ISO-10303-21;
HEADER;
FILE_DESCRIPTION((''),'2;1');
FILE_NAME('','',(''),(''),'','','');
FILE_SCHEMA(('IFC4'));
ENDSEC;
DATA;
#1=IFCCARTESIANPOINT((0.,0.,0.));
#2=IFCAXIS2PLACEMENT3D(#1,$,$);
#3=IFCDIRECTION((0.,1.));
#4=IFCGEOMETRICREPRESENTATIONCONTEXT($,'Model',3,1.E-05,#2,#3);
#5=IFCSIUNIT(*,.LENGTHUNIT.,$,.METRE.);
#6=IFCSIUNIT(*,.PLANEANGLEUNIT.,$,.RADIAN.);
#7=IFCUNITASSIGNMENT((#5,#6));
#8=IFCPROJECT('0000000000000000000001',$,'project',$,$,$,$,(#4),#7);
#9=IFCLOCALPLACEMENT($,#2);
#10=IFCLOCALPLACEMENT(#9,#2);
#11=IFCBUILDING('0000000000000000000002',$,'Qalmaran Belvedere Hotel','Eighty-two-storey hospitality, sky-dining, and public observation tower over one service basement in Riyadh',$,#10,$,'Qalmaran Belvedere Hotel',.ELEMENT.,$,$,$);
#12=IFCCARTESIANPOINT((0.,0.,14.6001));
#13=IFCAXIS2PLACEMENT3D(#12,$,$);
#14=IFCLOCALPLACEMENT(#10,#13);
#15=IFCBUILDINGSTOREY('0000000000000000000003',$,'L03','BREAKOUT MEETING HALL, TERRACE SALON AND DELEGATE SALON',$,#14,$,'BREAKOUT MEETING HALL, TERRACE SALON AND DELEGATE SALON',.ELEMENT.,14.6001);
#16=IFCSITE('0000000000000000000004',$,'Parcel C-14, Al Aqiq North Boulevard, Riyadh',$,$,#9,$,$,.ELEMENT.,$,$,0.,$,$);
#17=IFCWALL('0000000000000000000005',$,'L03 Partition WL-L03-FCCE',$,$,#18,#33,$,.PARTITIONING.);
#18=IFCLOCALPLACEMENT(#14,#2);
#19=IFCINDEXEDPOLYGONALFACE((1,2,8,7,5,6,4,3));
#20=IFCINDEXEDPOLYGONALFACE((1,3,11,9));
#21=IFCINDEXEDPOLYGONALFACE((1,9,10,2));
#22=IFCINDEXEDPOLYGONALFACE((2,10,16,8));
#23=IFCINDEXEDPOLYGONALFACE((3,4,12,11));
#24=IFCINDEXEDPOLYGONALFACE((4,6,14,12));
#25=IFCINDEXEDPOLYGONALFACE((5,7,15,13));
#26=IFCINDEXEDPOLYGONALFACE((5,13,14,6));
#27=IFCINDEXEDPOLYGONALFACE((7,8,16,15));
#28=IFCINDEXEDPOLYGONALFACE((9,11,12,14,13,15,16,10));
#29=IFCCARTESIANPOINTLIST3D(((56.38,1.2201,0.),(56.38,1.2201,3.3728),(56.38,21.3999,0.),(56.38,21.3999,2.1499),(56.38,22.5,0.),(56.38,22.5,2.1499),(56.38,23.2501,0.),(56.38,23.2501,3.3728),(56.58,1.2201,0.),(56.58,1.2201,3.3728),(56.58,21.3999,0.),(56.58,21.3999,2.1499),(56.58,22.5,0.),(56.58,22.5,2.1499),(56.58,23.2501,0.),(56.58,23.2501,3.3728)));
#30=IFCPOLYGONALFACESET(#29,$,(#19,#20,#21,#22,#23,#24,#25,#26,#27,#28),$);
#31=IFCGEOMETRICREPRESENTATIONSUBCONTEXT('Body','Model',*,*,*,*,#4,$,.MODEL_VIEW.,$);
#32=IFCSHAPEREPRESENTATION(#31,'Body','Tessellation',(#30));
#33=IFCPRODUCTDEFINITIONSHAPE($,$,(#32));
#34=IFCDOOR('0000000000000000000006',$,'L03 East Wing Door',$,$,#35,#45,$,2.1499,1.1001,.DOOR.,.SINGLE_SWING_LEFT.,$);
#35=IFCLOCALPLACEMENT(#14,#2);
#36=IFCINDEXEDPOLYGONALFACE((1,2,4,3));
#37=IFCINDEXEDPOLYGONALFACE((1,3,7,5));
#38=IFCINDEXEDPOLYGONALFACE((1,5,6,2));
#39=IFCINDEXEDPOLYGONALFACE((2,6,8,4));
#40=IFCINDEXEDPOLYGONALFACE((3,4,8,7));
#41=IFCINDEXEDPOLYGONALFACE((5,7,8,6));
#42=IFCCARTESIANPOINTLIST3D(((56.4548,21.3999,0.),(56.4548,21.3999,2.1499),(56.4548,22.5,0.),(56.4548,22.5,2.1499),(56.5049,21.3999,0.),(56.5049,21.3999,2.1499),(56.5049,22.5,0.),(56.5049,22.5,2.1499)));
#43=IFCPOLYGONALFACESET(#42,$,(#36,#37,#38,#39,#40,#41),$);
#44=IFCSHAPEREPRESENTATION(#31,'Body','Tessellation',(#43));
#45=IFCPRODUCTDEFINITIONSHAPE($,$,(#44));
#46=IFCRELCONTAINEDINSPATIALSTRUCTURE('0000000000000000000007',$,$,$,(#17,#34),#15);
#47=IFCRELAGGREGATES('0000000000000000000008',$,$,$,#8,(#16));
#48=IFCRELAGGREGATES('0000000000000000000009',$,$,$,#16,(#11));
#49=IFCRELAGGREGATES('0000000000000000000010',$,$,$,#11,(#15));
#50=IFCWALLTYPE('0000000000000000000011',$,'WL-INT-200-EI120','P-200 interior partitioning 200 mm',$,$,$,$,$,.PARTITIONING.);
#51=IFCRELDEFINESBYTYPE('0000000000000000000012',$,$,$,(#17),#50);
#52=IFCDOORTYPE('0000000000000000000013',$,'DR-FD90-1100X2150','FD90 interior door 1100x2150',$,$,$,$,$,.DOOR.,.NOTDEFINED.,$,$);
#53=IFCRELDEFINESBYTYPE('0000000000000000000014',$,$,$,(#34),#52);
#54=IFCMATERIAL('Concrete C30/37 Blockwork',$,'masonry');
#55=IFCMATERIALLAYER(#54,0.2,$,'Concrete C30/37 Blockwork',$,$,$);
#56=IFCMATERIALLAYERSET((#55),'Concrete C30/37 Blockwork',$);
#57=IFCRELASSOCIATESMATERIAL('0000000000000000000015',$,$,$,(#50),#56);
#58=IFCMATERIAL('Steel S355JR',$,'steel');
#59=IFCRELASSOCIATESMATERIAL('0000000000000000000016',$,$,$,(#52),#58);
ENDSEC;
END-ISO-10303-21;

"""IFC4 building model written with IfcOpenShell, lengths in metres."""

from ifc_helpers import new_model, si_unit, direction, frame, frame_2d, origin, place, context, subcontext, project, spatial, rectangle, extrude, material, layer, layer_set, type_object, element, fill, save


model = new_model("IFC4")

# Units and contexts
model_context = context("Model", 3, precision=1e-05, world=origin(), true_north=direction((0.0, 1.0)))
body_context = subcontext(model_context, "Body", "Model", "MODEL_VIEW")
ifc_project = project(units=[si_unit("LENGTHUNIT", "METRE"), si_unit("PLANEANGLEUNIT", "RADIAN")], contexts=[model_context])

# Site, building, storey
site_placement = place(None, origin())
site = spatial("IfcSite", under=ifc_project, at=site_placement, Name="Parcel C-14, Al Aqiq North Boulevard, Riyadh", CompositionType="ELEMENT", RefElevation=0.0)
building_placement = place(site_placement, origin())
building = spatial("IfcBuilding", under=site, at=building_placement, Name="Qalmaran Belvedere Hotel", Description="Eighty-two-storey hospitality, sky-dining, and public observation tower over one service basement in Riyadh", LongName="Qalmaran Belvedere Hotel", CompositionType="ELEMENT")
storey_placement = place(building_placement, frame((0.0, 0.0, 14.6001)))
storey = spatial("IfcBuildingStorey", under=building, at=storey_placement, Name="L03", Description="BREAKOUT MEETING HALL, TERRACE SALON AND DELEGATE SALON", LongName="BREAKOUT MEETING HALL, TERRACE SALON AND DELEGATE SALON", CompositionType="ELEMENT", Elevation=14.6001)

# Shared definitions
ifc_material_1 = material(Name="Steel S355JR", Category="steel")

# Wall, opening, door
ifc_material_2 = material(Name="Concrete C30/37 Blockwork", Category="masonry")
ifc_layer_1 = layer(ifc_material_2, 0.2, Name="Concrete C30/37 Blockwork")
ifc_layer_set_1 = layer_set([ifc_layer_1], Name="Concrete C30/37 Blockwork")
wall_type_1 = type_object("IfcWallType", Name="WL-INT-200-EI120", Description="P-200 interior partitioning 200 mm", PredefinedType="PARTITIONING", material=ifc_layer_set_1)
wall_1_placement = place(storey_placement, frame((56.48, 1.22, 0.0), z_axis=(0.0, 0.0, 1.0), x_axis=(0.0, 1.0, 0.0)))
wall_1 = element("IfcWall", 1, at=wall_1_placement, inside=storey, type_object=wall_type_1, Name="L03 Partition WL-L03-FCCE", PredefinedType="PARTITIONING", context=body_context, shape_type="SweptSolid", body=[
    extrude(rectangle(XDim=22.03, YDim=0.2, at=frame_2d((11.0151, 0.0))), origin(), (0.0, 0.0, 1.0), 3.3728),
])
opening_1_placement = place(wall_1_placement, frame((21.28, 0.0, 0.0), z_axis=(0.0, 0.0, 1.0), x_axis=(-1.0, 0.0, 0.0)))
opening_1 = element("IfcOpeningElement", 2, at=opening_1_placement, cuts=wall_1, PredefinedType="OPENING", context=body_context, shape_type="SweptSolid", body=[
    extrude(rectangle(XDim=1.1001, YDim=2.1499, at=frame_2d((0.55, 1.075))), frame((0.0, 0.1099, 0.0), z_axis=(0.0, -1.0, 0.0), x_axis=(1.0, 0.0, 0.0)), (0.0, 0.0, 1.0), 0.22),
])
door_type_1 = type_object("IfcDoorType", Name="DR-FD90-1100X2150", Description="FD90 interior door 1100x2150", OperationType="NOTDEFINED", PredefinedType="DOOR", material=ifc_material_1)
door_1_placement = place(opening_1_placement, origin())
door_1 = element("IfcDoor", 3, at=door_1_placement, inside=storey, type_object=door_type_1, Name="L03 East Wing Door", OperationType="SINGLE_SWING_LEFT", OverallHeight=2.1499, OverallWidth=1.1001, PredefinedType="DOOR", context=body_context, shape_type="SweptSolid", body=[
    extrude(rectangle(XDim=1.1001, YDim=2.1499, at=frame_2d((0.55, 1.075))), frame((0.0, 0.0249, 0.0), z_axis=(0.0, -1.0, 0.0), x_axis=(1.0, 0.0, 0.0)), (0.0, 0.0, 1.0), 0.05),
])
fill(opening_1, door_1)

save(model, "model.ifc")
